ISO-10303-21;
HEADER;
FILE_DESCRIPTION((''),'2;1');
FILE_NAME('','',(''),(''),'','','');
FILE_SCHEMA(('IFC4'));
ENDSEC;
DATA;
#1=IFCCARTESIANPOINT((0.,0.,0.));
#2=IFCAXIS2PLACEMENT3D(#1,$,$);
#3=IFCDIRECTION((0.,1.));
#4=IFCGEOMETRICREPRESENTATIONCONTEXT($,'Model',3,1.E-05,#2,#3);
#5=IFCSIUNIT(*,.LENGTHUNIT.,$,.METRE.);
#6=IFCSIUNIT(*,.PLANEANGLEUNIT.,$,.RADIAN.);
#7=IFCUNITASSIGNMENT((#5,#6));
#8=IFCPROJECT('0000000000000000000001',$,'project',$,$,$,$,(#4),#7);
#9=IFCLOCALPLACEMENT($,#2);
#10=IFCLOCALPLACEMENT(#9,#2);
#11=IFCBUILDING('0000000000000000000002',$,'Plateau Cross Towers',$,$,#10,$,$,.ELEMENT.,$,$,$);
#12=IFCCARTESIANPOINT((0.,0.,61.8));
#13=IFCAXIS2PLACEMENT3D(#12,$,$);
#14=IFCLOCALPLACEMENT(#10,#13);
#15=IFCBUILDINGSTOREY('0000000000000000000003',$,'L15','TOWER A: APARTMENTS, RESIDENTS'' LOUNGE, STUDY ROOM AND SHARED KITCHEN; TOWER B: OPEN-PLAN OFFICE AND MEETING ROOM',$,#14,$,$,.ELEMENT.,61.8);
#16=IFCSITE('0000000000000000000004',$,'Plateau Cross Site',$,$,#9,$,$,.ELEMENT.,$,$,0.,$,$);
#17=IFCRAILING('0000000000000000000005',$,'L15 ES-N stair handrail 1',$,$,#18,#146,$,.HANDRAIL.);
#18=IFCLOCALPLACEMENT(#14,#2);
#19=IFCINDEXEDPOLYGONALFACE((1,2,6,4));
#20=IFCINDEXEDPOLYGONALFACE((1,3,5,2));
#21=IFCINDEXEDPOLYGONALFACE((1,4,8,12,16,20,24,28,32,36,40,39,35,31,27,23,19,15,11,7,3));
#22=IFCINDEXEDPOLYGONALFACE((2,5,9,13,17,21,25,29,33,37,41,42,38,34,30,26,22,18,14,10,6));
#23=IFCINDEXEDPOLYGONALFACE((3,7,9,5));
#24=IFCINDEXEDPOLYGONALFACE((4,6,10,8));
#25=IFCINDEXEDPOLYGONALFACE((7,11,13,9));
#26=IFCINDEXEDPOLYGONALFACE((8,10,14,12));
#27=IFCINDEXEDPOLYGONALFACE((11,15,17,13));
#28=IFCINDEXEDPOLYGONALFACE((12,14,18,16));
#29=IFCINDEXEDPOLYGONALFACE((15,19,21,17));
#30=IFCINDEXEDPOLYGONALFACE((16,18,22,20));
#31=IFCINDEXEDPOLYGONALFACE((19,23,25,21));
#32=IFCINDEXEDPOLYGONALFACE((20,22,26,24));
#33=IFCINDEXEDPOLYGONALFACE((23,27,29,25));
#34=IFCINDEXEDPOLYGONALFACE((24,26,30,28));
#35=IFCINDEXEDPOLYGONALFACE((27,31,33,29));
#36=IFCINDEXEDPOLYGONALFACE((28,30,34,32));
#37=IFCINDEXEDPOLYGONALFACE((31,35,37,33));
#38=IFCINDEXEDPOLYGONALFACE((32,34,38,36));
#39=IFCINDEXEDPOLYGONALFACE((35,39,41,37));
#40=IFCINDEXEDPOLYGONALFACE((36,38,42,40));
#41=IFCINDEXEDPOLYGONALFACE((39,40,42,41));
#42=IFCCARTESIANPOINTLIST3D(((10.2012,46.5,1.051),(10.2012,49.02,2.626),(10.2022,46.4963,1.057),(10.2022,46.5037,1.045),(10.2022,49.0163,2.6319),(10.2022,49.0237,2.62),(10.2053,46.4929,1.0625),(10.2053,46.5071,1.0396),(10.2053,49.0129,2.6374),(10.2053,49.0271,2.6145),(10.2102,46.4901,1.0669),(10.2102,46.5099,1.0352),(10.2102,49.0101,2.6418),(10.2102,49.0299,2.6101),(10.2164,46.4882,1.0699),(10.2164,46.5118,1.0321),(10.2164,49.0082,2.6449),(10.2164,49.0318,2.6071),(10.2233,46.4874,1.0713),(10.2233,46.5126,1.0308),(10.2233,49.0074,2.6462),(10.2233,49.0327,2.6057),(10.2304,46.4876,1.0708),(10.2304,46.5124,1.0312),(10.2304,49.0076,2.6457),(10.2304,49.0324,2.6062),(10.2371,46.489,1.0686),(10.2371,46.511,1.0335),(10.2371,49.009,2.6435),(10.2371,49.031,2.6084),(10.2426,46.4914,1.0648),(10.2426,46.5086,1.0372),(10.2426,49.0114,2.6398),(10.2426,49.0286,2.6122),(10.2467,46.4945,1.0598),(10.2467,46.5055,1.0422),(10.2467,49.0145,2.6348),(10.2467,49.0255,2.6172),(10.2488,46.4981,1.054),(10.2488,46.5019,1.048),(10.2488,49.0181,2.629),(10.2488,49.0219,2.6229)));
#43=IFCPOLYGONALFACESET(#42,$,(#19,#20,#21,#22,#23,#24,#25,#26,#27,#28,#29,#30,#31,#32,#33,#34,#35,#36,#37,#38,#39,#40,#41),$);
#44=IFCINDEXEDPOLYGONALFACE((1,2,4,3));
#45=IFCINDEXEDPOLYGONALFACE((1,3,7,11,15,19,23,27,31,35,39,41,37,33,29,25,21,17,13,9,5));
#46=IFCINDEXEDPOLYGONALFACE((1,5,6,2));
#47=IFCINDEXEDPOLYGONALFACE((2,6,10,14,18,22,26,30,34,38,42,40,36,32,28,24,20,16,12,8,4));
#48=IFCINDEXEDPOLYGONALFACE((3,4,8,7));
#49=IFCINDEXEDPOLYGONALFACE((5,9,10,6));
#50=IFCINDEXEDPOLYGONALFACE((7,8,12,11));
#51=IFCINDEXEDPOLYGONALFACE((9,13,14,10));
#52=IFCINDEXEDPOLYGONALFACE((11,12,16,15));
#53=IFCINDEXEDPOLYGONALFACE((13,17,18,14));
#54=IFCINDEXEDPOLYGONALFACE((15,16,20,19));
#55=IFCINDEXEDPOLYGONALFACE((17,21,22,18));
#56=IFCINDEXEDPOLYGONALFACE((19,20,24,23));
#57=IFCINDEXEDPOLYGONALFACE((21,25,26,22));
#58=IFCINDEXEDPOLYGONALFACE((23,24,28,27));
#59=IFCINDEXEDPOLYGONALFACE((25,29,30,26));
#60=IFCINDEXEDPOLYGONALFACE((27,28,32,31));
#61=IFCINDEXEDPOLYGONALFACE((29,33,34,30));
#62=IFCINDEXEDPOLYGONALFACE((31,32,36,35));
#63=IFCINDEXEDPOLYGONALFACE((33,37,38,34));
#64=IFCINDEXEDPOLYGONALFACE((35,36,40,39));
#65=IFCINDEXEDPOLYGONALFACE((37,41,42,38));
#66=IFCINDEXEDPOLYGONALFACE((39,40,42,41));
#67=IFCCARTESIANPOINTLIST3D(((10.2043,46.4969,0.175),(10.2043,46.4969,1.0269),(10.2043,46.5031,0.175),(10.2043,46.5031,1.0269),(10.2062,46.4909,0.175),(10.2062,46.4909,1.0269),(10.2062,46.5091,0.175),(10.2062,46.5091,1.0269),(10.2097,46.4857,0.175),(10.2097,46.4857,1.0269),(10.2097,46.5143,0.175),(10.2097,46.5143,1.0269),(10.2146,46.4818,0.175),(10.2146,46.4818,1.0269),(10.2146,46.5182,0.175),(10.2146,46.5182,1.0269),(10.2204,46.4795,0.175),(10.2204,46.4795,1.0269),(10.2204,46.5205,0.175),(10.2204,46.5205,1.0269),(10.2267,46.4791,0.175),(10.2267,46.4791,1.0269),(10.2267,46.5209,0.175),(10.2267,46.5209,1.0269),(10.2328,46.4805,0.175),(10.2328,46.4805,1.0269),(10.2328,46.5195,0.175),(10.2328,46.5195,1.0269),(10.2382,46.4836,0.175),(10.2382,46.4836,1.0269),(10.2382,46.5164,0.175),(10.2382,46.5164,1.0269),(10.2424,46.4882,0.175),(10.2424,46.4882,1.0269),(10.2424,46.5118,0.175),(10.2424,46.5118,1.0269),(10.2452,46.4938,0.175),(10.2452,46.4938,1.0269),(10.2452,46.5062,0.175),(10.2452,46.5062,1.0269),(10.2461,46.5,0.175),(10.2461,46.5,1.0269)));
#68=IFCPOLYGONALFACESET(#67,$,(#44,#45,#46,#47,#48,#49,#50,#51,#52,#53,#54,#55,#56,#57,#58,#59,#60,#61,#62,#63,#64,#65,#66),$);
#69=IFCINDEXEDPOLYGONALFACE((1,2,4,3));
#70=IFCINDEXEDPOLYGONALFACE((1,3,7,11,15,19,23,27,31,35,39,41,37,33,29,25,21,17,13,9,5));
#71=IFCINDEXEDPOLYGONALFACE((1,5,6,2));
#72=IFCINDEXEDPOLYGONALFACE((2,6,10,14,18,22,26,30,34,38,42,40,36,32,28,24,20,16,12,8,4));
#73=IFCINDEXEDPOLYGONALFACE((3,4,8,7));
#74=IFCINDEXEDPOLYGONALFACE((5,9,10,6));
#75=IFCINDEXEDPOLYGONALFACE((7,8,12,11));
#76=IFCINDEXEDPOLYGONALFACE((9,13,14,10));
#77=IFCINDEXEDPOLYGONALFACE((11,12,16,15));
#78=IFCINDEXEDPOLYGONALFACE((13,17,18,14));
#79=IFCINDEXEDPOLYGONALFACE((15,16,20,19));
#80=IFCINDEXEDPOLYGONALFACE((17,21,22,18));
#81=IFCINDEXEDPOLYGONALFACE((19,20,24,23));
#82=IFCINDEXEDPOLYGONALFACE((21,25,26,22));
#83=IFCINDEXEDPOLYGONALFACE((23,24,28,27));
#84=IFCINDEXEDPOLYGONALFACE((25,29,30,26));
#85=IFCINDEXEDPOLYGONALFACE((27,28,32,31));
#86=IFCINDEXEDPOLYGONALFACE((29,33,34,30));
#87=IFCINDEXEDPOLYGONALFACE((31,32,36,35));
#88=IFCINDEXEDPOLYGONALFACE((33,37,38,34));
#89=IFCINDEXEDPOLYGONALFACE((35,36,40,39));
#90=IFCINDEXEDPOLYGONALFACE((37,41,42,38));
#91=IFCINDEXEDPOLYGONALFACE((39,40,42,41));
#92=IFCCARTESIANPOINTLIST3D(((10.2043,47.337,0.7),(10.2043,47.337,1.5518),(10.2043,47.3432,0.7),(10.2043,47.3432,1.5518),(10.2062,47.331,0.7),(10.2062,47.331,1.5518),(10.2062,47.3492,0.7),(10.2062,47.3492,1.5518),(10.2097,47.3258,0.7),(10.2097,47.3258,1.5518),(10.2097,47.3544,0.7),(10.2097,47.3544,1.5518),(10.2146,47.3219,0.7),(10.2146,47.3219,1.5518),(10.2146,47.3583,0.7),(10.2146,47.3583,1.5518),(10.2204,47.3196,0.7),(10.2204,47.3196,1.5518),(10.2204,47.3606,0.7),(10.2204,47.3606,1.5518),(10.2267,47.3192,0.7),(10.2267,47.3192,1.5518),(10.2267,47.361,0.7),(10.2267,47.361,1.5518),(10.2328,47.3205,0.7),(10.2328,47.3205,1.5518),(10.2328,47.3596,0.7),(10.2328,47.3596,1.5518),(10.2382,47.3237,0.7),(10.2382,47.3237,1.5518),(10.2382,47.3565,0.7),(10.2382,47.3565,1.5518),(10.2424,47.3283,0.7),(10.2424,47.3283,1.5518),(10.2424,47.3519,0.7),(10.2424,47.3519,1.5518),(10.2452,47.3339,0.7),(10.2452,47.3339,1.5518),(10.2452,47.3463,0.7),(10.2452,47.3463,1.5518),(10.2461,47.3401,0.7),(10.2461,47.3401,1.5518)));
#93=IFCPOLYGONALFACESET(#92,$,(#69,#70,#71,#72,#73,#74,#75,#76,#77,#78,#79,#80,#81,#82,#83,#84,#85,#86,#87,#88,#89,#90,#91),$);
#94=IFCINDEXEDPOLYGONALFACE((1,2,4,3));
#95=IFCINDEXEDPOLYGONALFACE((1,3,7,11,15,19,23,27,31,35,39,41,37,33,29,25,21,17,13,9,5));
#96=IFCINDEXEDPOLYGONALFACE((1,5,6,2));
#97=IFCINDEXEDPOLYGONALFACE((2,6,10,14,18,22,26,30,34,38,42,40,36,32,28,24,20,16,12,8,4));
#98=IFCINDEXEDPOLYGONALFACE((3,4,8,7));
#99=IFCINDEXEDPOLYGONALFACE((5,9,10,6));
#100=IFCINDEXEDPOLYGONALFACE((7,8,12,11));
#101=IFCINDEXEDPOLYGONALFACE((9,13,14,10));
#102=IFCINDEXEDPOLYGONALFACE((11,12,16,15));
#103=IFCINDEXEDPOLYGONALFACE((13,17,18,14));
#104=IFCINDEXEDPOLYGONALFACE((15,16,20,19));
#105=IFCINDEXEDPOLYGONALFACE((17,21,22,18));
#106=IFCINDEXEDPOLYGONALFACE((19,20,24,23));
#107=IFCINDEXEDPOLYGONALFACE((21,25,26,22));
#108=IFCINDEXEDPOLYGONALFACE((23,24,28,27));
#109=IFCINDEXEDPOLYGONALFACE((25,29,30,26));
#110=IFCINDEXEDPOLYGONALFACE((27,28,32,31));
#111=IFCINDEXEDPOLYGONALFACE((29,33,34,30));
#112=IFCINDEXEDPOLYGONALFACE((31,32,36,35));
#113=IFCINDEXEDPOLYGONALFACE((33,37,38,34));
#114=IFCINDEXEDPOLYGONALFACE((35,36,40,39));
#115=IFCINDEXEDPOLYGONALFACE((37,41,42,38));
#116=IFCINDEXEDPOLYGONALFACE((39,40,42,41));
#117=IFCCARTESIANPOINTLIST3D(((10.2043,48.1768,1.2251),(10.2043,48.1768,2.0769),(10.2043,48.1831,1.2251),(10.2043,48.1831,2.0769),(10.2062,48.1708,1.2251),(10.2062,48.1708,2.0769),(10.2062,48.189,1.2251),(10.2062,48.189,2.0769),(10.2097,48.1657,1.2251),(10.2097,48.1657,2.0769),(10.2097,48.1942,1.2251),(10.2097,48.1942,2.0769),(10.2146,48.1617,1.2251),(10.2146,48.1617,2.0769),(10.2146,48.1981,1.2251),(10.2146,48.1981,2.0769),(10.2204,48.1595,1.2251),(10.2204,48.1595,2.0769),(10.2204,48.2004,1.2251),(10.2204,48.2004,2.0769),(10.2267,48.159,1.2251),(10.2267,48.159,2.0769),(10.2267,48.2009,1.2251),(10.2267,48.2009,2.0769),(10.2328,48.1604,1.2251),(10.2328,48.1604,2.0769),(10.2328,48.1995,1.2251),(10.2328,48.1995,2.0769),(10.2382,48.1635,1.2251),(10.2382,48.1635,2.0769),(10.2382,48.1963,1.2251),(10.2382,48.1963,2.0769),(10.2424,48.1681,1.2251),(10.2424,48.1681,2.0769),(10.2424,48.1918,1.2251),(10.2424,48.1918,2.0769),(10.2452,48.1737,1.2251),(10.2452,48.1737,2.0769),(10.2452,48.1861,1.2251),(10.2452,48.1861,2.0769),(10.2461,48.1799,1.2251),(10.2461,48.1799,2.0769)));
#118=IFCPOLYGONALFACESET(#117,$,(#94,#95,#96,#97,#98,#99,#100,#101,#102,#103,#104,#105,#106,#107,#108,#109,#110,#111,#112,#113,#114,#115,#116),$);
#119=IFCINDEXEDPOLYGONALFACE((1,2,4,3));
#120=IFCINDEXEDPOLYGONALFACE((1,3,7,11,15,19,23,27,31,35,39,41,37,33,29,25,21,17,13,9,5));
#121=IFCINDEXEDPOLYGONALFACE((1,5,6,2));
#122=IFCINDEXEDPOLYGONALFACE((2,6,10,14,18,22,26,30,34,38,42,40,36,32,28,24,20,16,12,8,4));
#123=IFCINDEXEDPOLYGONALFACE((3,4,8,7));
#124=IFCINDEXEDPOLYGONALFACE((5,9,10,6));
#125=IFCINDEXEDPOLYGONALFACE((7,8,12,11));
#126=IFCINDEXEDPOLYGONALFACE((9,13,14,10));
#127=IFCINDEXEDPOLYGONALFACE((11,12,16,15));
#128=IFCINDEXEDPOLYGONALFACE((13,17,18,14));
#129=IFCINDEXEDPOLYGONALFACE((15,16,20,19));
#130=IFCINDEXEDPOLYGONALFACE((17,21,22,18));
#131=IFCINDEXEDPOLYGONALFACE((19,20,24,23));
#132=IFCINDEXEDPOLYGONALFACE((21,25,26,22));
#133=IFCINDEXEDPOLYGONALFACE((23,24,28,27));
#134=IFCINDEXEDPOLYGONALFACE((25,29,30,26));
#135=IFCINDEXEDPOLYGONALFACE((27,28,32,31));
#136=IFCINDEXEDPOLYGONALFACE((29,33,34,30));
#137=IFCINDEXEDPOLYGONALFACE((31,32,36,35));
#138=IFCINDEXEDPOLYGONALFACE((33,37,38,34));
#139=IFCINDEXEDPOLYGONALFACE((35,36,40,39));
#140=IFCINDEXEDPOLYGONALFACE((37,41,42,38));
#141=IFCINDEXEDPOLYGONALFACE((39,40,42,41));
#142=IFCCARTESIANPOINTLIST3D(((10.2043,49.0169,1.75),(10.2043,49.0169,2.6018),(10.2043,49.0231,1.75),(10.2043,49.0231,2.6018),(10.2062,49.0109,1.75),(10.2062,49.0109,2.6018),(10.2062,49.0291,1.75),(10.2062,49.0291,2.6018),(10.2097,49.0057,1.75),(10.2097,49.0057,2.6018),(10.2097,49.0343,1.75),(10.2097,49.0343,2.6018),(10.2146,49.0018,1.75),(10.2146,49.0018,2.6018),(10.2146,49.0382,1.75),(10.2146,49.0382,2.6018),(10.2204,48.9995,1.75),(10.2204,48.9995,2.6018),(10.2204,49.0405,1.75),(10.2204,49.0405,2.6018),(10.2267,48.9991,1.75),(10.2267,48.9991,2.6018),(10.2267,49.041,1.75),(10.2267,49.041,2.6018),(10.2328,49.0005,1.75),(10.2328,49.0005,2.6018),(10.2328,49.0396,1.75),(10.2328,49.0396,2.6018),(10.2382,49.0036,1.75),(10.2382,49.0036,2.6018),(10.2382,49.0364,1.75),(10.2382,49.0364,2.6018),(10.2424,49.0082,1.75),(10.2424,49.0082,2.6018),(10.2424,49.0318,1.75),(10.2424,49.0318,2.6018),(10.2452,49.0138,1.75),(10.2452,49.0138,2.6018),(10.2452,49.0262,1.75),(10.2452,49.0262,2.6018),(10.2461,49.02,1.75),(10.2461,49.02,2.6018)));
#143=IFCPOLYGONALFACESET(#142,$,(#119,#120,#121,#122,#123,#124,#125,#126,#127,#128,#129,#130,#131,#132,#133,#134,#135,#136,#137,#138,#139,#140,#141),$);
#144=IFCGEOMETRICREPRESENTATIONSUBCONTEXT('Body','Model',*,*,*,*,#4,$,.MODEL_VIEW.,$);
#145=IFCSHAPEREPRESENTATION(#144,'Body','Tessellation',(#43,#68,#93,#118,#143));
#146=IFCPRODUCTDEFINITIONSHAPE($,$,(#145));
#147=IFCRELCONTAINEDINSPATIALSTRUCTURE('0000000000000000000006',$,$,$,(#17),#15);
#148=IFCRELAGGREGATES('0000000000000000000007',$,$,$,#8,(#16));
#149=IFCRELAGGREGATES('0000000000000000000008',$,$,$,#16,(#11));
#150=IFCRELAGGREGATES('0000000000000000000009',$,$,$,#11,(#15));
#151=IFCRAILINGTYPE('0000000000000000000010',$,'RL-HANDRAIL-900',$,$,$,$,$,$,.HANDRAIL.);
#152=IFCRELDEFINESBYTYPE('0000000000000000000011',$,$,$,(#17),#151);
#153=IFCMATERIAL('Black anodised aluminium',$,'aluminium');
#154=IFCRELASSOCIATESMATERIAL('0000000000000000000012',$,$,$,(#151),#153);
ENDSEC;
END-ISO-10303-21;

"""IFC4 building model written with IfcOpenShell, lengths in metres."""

from ifc_helpers import new_model, si_unit, direction, frame, origin, origin_2d, place, context, subcontext, project, spatial, circle, extrude, material, type_object, element, save


model = new_model("IFC4")

# Units and contexts
model_context = context("Model", 3, precision=1e-05, world=origin(), true_north=direction((0.0, 1.0)))
body_context = subcontext(model_context, "Body", "Model", "MODEL_VIEW")
ifc_project = project(units=[si_unit("LENGTHUNIT", "METRE"), si_unit("PLANEANGLEUNIT", "RADIAN")], contexts=[model_context])

# Site, building, storey
site_placement = place(None, origin())
site = spatial("IfcSite", under=ifc_project, at=site_placement, Name="Plateau Cross Site", CompositionType="ELEMENT", RefElevation=0.0)
building_placement = place(site_placement, origin())
building = spatial("IfcBuilding", under=site, at=building_placement, Name="Plateau Cross Towers", CompositionType="ELEMENT")
storey_placement = place(building_placement, frame((0.0, 0.0, 61.8)))
storey = spatial("IfcBuildingStorey", under=building, at=storey_placement, Name="L15", Description="TOWER A: APARTMENTS, RESIDENTS' LOUNGE, STUDY ROOM AND SHARED KITCHEN; TOWER B: OPEN-PLAN OFFICE AND MEETING ROOM", CompositionType="ELEMENT", Elevation=61.8)

# Shared definitions
ifc_material_1 = material(Name="Black anodised aluminium", Category="aluminium")

# Railing
railing_type_1 = type_object("IfcRailingType", Name="RL-HANDRAIL-900", PredefinedType="HANDRAIL", material=ifc_material_1)
railing_1_placement = place(storey_placement, frame((10.2251, 46.5, 0.175)))
element("IfcRailing", 1, at=railing_1_placement, inside=storey, type_object=railing_type_1, Name="L15 ES-N stair handrail 1", PredefinedType="HANDRAIL", context=body_context, shape_type="SweptSolid", body=[
    extrude(circle(Radius=0.0239, at=origin_2d()), frame((0.0, 0.0, 0.876), z_axis=(0.0, 0.848008, 0.529984), x_axis=(-1.0, 0.0, 0.0)), (0.0, 0.0, 1.0), 2.9717),
    extrude(circle(Radius=0.021, at=origin_2d()), origin(), (0.0, 0.0, 1.0), 0.8518),
    extrude(circle(Radius=0.021, at=origin_2d()), frame((0.0, 0.8401, 0.5249)), (0.0, 0.0, 1.0), 0.8518),
    extrude(circle(Radius=0.021, at=origin_2d()), frame((0.0, 1.6799, 1.05)), (0.0, 0.0, 1.0), 0.8518),
    extrude(circle(Radius=0.021, at=origin_2d()), frame((0.0, 2.52, 1.575)), (0.0, 0.0, 1.0), 0.8518),
])

save(model, "model.ifc")
